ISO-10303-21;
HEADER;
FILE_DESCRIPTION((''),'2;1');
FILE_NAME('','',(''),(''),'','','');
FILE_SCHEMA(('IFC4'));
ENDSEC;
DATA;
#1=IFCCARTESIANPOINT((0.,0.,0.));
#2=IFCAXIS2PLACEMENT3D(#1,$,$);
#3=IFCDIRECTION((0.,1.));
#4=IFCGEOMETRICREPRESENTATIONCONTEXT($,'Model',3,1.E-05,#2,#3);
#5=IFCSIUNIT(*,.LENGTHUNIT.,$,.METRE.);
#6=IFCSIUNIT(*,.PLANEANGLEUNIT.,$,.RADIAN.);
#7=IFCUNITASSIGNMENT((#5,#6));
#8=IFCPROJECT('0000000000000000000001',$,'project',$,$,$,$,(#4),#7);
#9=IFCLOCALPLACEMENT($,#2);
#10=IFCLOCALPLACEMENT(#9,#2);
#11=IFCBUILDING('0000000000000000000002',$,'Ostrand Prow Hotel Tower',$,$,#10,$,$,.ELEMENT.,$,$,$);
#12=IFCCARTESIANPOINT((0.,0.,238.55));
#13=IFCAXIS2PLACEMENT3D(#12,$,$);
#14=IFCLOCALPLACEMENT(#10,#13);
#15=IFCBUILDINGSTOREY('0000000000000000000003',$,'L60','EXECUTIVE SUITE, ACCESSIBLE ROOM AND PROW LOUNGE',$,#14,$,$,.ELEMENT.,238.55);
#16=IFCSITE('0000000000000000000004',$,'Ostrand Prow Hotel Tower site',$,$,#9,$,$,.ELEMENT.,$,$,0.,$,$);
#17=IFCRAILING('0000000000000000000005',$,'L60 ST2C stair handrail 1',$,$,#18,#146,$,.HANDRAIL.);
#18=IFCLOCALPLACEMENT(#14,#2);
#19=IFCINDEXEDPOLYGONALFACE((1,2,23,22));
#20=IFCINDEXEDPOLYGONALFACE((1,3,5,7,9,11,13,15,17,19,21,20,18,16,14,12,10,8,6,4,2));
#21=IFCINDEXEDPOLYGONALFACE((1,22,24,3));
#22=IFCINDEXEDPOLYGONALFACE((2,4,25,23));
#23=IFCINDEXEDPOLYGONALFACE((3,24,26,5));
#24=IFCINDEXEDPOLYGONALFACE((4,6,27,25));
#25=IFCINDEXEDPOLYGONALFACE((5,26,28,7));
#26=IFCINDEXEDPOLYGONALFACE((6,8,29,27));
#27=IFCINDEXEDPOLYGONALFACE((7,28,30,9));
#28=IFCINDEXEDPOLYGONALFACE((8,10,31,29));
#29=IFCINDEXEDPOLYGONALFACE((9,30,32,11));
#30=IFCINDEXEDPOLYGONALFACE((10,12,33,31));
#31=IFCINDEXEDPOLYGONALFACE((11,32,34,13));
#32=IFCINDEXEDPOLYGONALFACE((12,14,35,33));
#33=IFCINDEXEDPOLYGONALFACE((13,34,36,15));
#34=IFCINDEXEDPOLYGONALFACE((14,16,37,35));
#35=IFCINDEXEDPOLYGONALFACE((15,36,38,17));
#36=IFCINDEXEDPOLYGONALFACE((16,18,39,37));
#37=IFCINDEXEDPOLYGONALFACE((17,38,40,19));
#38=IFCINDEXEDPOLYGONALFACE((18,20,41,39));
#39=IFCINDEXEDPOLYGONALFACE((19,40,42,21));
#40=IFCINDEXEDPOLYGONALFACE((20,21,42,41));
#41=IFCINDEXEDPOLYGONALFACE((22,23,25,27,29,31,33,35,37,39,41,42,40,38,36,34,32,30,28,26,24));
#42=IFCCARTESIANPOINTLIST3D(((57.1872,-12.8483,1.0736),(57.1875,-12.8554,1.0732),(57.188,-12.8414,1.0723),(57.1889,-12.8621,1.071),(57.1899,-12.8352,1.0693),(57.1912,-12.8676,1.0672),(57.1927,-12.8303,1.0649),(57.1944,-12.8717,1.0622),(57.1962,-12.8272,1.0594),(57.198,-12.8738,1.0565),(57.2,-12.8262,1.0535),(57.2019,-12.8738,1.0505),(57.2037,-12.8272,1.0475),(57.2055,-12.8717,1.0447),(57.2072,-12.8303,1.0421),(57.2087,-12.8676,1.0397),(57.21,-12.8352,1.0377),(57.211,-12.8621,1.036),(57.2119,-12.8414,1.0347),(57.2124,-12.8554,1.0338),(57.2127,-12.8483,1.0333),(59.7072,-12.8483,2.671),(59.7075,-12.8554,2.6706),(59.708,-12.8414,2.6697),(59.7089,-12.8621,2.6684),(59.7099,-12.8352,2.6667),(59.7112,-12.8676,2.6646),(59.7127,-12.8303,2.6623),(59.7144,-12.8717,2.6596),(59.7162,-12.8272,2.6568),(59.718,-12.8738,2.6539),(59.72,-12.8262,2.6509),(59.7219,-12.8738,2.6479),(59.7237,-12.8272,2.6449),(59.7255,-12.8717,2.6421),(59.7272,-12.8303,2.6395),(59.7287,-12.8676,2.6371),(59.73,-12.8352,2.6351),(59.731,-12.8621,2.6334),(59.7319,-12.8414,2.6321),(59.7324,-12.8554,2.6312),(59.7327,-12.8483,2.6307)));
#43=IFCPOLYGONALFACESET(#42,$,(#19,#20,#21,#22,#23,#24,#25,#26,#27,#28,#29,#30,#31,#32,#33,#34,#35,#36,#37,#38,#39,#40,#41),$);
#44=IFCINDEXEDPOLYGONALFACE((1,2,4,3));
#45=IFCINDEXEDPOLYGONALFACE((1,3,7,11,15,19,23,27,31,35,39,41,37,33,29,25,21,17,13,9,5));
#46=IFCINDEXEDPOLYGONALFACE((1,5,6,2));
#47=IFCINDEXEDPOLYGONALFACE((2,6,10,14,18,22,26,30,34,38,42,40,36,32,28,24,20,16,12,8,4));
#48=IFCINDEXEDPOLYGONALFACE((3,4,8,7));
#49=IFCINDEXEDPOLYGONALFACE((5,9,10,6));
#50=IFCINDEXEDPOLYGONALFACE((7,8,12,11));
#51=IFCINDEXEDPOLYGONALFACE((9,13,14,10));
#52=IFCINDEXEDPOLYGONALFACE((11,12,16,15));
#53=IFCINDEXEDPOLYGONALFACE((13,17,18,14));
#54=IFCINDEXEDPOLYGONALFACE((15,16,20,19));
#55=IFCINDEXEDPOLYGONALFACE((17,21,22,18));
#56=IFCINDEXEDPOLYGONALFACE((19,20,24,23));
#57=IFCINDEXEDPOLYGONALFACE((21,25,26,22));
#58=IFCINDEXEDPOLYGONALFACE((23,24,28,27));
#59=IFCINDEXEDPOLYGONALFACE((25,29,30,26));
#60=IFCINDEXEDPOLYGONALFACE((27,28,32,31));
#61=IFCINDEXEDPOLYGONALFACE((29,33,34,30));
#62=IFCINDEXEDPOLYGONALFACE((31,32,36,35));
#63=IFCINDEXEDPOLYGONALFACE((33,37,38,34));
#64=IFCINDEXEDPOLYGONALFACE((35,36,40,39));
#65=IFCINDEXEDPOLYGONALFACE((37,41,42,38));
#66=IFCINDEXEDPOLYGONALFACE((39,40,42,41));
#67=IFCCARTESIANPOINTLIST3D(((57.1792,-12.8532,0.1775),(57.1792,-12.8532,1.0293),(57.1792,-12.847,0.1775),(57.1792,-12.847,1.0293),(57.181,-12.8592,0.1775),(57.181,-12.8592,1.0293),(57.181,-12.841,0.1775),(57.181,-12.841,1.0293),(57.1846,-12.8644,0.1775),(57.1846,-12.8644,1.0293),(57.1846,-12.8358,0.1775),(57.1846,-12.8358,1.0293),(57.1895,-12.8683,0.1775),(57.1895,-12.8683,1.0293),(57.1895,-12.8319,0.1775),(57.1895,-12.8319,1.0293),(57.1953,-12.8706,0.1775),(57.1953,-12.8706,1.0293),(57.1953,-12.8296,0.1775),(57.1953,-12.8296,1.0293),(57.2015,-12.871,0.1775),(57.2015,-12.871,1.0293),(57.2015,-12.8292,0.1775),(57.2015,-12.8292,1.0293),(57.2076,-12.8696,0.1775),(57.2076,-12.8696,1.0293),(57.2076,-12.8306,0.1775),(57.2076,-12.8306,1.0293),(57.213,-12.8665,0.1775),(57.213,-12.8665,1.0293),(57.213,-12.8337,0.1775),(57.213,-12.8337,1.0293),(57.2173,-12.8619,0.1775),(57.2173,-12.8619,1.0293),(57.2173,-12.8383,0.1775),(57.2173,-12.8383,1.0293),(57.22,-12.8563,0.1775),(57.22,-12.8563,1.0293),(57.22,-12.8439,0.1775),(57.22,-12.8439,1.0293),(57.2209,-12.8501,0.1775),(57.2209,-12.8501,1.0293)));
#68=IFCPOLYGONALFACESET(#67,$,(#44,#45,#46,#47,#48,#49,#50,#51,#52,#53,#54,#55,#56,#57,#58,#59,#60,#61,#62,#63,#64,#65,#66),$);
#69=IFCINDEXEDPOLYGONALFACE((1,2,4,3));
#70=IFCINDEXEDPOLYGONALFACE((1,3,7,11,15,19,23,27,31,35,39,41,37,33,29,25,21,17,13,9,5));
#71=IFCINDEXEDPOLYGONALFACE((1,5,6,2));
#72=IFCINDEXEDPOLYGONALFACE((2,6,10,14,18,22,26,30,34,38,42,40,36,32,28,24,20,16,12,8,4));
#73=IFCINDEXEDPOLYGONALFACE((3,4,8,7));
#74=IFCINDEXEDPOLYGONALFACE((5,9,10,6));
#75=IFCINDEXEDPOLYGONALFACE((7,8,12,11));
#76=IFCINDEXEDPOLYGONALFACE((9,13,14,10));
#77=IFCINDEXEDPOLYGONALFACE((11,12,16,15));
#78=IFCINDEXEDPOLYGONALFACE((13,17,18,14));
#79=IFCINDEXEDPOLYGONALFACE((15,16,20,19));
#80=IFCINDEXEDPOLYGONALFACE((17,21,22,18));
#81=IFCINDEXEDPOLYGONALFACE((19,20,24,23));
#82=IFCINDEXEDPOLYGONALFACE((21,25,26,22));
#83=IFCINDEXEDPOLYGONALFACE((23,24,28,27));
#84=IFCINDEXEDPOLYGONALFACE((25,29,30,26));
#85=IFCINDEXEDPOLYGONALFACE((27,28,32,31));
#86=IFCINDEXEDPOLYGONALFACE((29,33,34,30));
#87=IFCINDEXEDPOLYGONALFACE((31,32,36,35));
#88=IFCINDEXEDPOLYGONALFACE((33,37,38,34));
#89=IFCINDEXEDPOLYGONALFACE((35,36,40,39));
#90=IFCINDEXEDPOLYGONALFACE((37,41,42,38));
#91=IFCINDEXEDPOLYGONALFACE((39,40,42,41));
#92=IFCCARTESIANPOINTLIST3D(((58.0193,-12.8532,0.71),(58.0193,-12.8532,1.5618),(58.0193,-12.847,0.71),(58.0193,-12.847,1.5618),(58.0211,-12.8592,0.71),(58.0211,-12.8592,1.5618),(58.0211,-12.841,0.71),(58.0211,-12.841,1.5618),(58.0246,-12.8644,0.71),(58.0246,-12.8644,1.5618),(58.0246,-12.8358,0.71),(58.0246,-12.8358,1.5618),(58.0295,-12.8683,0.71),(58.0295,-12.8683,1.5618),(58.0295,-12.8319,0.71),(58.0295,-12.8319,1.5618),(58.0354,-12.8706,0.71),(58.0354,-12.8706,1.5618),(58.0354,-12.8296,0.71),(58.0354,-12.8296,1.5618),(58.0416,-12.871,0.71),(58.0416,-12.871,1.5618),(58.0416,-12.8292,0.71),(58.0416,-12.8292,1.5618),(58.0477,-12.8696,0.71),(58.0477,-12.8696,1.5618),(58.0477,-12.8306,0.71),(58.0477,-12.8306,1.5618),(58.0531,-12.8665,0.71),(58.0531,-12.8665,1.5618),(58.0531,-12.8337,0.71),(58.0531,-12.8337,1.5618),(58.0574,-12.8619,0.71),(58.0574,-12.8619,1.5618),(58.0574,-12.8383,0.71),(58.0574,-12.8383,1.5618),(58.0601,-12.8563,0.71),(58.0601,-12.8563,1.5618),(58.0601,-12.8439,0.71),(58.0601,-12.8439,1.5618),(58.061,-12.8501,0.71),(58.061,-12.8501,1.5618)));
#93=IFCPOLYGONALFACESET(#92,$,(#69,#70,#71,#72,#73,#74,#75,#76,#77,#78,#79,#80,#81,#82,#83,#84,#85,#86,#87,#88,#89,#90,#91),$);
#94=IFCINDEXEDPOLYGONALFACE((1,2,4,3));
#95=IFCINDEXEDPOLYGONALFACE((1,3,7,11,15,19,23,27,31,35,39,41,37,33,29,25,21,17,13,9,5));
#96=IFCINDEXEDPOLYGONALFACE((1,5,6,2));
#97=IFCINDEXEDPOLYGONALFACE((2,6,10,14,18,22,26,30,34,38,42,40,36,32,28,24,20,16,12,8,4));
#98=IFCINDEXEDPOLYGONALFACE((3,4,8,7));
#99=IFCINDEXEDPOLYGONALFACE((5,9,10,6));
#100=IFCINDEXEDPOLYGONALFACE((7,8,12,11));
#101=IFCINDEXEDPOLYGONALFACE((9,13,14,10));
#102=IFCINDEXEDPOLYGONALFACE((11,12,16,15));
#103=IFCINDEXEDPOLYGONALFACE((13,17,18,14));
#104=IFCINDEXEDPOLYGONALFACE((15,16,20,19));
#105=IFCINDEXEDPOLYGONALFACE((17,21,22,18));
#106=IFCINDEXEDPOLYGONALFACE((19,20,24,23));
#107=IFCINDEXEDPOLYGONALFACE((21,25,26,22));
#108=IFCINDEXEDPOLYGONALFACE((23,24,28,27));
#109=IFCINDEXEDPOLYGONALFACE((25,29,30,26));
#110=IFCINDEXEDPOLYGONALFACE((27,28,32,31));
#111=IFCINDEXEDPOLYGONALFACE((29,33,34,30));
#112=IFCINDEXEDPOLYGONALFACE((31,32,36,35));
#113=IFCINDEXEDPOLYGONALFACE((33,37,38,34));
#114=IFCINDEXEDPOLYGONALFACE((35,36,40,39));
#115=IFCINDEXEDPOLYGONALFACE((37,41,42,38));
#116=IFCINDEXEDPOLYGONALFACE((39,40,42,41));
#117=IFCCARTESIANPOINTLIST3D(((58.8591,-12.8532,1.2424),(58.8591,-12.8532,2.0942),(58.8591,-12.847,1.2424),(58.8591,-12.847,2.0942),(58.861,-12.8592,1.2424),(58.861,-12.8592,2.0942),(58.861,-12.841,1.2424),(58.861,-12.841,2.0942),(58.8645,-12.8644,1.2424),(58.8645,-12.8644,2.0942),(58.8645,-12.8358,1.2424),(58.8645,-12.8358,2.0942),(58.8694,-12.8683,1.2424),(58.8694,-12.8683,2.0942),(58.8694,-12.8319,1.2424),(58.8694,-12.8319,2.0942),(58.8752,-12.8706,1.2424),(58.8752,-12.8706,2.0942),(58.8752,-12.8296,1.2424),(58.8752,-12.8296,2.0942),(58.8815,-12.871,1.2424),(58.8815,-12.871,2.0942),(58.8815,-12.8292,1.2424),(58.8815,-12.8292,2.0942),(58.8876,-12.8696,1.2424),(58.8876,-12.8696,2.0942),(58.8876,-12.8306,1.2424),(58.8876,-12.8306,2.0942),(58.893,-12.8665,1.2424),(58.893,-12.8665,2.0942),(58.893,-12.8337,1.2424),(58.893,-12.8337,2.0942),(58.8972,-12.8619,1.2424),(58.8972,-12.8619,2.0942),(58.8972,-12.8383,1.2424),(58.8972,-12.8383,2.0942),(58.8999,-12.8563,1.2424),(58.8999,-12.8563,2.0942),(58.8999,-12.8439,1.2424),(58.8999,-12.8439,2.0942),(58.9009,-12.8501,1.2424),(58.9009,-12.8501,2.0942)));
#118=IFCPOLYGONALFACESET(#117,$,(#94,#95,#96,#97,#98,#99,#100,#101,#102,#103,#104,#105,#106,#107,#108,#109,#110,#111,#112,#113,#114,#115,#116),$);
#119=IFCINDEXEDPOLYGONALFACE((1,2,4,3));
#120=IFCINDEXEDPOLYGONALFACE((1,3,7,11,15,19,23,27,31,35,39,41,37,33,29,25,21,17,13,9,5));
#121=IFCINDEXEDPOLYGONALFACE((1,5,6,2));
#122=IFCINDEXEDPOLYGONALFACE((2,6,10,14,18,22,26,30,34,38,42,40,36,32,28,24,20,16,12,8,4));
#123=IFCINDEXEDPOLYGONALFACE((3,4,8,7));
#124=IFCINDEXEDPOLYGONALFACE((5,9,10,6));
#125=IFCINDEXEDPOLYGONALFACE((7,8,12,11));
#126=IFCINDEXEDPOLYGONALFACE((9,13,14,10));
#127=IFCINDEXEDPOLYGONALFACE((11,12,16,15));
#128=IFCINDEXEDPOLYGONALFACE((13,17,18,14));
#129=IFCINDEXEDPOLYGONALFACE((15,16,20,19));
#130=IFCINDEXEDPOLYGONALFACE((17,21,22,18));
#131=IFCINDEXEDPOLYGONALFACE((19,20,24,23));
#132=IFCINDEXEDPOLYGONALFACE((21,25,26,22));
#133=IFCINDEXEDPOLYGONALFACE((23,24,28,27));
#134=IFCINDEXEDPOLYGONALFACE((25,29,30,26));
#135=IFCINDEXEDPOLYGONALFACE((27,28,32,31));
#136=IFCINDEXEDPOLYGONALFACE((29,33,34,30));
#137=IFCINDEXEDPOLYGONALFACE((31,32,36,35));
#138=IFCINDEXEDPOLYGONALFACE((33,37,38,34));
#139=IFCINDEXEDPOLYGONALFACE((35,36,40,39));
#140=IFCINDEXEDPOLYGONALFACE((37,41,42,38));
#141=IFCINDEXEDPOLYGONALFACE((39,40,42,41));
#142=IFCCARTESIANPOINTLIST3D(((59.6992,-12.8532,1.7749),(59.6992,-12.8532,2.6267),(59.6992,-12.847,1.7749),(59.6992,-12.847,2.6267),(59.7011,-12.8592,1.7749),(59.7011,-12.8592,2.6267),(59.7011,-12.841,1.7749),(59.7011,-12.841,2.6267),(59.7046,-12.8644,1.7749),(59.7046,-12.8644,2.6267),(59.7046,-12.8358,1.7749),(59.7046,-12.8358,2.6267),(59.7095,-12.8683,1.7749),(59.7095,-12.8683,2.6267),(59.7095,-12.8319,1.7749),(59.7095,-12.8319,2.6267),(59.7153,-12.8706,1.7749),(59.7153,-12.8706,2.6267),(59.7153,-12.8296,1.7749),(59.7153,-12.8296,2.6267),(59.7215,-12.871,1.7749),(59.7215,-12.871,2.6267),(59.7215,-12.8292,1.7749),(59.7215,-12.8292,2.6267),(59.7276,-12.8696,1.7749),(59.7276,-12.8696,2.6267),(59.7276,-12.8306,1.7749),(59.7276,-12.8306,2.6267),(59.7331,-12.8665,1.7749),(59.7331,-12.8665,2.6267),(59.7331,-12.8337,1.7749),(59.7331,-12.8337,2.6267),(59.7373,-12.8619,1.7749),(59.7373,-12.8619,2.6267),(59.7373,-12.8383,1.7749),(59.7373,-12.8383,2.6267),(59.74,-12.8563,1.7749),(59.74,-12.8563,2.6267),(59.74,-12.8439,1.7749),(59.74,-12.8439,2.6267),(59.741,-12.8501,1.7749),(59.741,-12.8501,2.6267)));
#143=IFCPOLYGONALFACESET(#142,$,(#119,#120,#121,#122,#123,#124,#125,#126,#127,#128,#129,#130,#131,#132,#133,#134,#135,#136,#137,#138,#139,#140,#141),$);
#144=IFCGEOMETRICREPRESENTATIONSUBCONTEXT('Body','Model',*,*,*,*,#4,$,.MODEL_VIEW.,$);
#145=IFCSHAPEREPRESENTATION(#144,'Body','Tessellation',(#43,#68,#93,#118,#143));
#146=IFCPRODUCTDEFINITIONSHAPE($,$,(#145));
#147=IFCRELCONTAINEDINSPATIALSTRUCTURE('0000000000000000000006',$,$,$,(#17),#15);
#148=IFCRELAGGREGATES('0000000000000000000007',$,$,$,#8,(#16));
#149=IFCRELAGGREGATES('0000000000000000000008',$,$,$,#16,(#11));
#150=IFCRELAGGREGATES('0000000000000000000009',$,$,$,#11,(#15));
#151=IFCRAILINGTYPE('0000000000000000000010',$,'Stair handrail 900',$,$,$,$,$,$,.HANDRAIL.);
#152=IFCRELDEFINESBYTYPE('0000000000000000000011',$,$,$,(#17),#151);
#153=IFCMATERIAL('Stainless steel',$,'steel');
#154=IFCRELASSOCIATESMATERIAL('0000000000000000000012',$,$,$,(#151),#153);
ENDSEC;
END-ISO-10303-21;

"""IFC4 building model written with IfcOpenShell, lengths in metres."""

from ifc_helpers import new_model, si_unit, direction, frame, origin, origin_2d, place, context, subcontext, project, spatial, circle, extrude, material, type_object, element, save


model = new_model("IFC4")

# Units and contexts
model_context = context("Model", 3, precision=1e-05, world=origin(), true_north=direction((0.0, 1.0)))
body_context = subcontext(model_context, "Body", "Model", "MODEL_VIEW")
ifc_project = project(units=[si_unit("LENGTHUNIT", "METRE"), si_unit("PLANEANGLEUNIT", "RADIAN")], contexts=[model_context])

# Site, building, storey
site_placement = place(None, origin())
site = spatial("IfcSite", under=ifc_project, at=site_placement, Name="Ostrand Prow Hotel Tower site", CompositionType="ELEMENT", RefElevation=0.0)
building_placement = place(site_placement, origin())
building = spatial("IfcBuilding", under=site, at=building_placement, Name="Ostrand Prow Hotel Tower", CompositionType="ELEMENT")
storey_placement = place(building_placement, frame((0.0, 0.0, 238.55)))
storey = spatial("IfcBuildingStorey", under=building, at=storey_placement, Name="L60", Description="EXECUTIVE SUITE, ACCESSIBLE ROOM AND PROW LOUNGE", CompositionType="ELEMENT", Elevation=238.55)

# Railing
ifc_material_1 = material(Name="Stainless steel", Category="steel")
railing_type_1 = type_object("IfcRailingType", Name="Stair handrail 900", PredefinedType="HANDRAIL", material=ifc_material_1)
railing_1_placement = place(storey_placement, frame((57.2, -12.8501, 0.1775)))
element("IfcRailing", 1, at=railing_1_placement, inside=storey, type_object=railing_type_1, Name="L60 ST2C stair handrail 1", PredefinedType="HANDRAIL", context=body_context, shape_type="SweptSolid", body=[
    extrude(circle(Radius=0.0239, at=origin_2d()), frame((0.0, 0.0, 0.876), z_axis=(0.844607, 0.0, 0.535387), x_axis=(0.0, 1.0, 0.0)), (0.0, 0.0, 1.0), 2.9836),
    extrude(circle(Radius=0.021, at=origin_2d()), origin(), (0.0, 0.0, 1.0), 0.8518),
    extrude(circle(Radius=0.021, at=origin_2d()), frame((0.8401, 0.0, 0.5325)), (0.0, 0.0, 1.0), 0.8518),
    extrude(circle(Radius=0.021, at=origin_2d()), frame((1.6799, 0.0, 1.0649)), (0.0, 0.0, 1.0), 0.8518),
    extrude(circle(Radius=0.021, at=origin_2d()), frame((2.52, 0.0, 1.5974)), (0.0, 0.0, 1.0), 0.8518),
])

save(model, "model.ifc")
